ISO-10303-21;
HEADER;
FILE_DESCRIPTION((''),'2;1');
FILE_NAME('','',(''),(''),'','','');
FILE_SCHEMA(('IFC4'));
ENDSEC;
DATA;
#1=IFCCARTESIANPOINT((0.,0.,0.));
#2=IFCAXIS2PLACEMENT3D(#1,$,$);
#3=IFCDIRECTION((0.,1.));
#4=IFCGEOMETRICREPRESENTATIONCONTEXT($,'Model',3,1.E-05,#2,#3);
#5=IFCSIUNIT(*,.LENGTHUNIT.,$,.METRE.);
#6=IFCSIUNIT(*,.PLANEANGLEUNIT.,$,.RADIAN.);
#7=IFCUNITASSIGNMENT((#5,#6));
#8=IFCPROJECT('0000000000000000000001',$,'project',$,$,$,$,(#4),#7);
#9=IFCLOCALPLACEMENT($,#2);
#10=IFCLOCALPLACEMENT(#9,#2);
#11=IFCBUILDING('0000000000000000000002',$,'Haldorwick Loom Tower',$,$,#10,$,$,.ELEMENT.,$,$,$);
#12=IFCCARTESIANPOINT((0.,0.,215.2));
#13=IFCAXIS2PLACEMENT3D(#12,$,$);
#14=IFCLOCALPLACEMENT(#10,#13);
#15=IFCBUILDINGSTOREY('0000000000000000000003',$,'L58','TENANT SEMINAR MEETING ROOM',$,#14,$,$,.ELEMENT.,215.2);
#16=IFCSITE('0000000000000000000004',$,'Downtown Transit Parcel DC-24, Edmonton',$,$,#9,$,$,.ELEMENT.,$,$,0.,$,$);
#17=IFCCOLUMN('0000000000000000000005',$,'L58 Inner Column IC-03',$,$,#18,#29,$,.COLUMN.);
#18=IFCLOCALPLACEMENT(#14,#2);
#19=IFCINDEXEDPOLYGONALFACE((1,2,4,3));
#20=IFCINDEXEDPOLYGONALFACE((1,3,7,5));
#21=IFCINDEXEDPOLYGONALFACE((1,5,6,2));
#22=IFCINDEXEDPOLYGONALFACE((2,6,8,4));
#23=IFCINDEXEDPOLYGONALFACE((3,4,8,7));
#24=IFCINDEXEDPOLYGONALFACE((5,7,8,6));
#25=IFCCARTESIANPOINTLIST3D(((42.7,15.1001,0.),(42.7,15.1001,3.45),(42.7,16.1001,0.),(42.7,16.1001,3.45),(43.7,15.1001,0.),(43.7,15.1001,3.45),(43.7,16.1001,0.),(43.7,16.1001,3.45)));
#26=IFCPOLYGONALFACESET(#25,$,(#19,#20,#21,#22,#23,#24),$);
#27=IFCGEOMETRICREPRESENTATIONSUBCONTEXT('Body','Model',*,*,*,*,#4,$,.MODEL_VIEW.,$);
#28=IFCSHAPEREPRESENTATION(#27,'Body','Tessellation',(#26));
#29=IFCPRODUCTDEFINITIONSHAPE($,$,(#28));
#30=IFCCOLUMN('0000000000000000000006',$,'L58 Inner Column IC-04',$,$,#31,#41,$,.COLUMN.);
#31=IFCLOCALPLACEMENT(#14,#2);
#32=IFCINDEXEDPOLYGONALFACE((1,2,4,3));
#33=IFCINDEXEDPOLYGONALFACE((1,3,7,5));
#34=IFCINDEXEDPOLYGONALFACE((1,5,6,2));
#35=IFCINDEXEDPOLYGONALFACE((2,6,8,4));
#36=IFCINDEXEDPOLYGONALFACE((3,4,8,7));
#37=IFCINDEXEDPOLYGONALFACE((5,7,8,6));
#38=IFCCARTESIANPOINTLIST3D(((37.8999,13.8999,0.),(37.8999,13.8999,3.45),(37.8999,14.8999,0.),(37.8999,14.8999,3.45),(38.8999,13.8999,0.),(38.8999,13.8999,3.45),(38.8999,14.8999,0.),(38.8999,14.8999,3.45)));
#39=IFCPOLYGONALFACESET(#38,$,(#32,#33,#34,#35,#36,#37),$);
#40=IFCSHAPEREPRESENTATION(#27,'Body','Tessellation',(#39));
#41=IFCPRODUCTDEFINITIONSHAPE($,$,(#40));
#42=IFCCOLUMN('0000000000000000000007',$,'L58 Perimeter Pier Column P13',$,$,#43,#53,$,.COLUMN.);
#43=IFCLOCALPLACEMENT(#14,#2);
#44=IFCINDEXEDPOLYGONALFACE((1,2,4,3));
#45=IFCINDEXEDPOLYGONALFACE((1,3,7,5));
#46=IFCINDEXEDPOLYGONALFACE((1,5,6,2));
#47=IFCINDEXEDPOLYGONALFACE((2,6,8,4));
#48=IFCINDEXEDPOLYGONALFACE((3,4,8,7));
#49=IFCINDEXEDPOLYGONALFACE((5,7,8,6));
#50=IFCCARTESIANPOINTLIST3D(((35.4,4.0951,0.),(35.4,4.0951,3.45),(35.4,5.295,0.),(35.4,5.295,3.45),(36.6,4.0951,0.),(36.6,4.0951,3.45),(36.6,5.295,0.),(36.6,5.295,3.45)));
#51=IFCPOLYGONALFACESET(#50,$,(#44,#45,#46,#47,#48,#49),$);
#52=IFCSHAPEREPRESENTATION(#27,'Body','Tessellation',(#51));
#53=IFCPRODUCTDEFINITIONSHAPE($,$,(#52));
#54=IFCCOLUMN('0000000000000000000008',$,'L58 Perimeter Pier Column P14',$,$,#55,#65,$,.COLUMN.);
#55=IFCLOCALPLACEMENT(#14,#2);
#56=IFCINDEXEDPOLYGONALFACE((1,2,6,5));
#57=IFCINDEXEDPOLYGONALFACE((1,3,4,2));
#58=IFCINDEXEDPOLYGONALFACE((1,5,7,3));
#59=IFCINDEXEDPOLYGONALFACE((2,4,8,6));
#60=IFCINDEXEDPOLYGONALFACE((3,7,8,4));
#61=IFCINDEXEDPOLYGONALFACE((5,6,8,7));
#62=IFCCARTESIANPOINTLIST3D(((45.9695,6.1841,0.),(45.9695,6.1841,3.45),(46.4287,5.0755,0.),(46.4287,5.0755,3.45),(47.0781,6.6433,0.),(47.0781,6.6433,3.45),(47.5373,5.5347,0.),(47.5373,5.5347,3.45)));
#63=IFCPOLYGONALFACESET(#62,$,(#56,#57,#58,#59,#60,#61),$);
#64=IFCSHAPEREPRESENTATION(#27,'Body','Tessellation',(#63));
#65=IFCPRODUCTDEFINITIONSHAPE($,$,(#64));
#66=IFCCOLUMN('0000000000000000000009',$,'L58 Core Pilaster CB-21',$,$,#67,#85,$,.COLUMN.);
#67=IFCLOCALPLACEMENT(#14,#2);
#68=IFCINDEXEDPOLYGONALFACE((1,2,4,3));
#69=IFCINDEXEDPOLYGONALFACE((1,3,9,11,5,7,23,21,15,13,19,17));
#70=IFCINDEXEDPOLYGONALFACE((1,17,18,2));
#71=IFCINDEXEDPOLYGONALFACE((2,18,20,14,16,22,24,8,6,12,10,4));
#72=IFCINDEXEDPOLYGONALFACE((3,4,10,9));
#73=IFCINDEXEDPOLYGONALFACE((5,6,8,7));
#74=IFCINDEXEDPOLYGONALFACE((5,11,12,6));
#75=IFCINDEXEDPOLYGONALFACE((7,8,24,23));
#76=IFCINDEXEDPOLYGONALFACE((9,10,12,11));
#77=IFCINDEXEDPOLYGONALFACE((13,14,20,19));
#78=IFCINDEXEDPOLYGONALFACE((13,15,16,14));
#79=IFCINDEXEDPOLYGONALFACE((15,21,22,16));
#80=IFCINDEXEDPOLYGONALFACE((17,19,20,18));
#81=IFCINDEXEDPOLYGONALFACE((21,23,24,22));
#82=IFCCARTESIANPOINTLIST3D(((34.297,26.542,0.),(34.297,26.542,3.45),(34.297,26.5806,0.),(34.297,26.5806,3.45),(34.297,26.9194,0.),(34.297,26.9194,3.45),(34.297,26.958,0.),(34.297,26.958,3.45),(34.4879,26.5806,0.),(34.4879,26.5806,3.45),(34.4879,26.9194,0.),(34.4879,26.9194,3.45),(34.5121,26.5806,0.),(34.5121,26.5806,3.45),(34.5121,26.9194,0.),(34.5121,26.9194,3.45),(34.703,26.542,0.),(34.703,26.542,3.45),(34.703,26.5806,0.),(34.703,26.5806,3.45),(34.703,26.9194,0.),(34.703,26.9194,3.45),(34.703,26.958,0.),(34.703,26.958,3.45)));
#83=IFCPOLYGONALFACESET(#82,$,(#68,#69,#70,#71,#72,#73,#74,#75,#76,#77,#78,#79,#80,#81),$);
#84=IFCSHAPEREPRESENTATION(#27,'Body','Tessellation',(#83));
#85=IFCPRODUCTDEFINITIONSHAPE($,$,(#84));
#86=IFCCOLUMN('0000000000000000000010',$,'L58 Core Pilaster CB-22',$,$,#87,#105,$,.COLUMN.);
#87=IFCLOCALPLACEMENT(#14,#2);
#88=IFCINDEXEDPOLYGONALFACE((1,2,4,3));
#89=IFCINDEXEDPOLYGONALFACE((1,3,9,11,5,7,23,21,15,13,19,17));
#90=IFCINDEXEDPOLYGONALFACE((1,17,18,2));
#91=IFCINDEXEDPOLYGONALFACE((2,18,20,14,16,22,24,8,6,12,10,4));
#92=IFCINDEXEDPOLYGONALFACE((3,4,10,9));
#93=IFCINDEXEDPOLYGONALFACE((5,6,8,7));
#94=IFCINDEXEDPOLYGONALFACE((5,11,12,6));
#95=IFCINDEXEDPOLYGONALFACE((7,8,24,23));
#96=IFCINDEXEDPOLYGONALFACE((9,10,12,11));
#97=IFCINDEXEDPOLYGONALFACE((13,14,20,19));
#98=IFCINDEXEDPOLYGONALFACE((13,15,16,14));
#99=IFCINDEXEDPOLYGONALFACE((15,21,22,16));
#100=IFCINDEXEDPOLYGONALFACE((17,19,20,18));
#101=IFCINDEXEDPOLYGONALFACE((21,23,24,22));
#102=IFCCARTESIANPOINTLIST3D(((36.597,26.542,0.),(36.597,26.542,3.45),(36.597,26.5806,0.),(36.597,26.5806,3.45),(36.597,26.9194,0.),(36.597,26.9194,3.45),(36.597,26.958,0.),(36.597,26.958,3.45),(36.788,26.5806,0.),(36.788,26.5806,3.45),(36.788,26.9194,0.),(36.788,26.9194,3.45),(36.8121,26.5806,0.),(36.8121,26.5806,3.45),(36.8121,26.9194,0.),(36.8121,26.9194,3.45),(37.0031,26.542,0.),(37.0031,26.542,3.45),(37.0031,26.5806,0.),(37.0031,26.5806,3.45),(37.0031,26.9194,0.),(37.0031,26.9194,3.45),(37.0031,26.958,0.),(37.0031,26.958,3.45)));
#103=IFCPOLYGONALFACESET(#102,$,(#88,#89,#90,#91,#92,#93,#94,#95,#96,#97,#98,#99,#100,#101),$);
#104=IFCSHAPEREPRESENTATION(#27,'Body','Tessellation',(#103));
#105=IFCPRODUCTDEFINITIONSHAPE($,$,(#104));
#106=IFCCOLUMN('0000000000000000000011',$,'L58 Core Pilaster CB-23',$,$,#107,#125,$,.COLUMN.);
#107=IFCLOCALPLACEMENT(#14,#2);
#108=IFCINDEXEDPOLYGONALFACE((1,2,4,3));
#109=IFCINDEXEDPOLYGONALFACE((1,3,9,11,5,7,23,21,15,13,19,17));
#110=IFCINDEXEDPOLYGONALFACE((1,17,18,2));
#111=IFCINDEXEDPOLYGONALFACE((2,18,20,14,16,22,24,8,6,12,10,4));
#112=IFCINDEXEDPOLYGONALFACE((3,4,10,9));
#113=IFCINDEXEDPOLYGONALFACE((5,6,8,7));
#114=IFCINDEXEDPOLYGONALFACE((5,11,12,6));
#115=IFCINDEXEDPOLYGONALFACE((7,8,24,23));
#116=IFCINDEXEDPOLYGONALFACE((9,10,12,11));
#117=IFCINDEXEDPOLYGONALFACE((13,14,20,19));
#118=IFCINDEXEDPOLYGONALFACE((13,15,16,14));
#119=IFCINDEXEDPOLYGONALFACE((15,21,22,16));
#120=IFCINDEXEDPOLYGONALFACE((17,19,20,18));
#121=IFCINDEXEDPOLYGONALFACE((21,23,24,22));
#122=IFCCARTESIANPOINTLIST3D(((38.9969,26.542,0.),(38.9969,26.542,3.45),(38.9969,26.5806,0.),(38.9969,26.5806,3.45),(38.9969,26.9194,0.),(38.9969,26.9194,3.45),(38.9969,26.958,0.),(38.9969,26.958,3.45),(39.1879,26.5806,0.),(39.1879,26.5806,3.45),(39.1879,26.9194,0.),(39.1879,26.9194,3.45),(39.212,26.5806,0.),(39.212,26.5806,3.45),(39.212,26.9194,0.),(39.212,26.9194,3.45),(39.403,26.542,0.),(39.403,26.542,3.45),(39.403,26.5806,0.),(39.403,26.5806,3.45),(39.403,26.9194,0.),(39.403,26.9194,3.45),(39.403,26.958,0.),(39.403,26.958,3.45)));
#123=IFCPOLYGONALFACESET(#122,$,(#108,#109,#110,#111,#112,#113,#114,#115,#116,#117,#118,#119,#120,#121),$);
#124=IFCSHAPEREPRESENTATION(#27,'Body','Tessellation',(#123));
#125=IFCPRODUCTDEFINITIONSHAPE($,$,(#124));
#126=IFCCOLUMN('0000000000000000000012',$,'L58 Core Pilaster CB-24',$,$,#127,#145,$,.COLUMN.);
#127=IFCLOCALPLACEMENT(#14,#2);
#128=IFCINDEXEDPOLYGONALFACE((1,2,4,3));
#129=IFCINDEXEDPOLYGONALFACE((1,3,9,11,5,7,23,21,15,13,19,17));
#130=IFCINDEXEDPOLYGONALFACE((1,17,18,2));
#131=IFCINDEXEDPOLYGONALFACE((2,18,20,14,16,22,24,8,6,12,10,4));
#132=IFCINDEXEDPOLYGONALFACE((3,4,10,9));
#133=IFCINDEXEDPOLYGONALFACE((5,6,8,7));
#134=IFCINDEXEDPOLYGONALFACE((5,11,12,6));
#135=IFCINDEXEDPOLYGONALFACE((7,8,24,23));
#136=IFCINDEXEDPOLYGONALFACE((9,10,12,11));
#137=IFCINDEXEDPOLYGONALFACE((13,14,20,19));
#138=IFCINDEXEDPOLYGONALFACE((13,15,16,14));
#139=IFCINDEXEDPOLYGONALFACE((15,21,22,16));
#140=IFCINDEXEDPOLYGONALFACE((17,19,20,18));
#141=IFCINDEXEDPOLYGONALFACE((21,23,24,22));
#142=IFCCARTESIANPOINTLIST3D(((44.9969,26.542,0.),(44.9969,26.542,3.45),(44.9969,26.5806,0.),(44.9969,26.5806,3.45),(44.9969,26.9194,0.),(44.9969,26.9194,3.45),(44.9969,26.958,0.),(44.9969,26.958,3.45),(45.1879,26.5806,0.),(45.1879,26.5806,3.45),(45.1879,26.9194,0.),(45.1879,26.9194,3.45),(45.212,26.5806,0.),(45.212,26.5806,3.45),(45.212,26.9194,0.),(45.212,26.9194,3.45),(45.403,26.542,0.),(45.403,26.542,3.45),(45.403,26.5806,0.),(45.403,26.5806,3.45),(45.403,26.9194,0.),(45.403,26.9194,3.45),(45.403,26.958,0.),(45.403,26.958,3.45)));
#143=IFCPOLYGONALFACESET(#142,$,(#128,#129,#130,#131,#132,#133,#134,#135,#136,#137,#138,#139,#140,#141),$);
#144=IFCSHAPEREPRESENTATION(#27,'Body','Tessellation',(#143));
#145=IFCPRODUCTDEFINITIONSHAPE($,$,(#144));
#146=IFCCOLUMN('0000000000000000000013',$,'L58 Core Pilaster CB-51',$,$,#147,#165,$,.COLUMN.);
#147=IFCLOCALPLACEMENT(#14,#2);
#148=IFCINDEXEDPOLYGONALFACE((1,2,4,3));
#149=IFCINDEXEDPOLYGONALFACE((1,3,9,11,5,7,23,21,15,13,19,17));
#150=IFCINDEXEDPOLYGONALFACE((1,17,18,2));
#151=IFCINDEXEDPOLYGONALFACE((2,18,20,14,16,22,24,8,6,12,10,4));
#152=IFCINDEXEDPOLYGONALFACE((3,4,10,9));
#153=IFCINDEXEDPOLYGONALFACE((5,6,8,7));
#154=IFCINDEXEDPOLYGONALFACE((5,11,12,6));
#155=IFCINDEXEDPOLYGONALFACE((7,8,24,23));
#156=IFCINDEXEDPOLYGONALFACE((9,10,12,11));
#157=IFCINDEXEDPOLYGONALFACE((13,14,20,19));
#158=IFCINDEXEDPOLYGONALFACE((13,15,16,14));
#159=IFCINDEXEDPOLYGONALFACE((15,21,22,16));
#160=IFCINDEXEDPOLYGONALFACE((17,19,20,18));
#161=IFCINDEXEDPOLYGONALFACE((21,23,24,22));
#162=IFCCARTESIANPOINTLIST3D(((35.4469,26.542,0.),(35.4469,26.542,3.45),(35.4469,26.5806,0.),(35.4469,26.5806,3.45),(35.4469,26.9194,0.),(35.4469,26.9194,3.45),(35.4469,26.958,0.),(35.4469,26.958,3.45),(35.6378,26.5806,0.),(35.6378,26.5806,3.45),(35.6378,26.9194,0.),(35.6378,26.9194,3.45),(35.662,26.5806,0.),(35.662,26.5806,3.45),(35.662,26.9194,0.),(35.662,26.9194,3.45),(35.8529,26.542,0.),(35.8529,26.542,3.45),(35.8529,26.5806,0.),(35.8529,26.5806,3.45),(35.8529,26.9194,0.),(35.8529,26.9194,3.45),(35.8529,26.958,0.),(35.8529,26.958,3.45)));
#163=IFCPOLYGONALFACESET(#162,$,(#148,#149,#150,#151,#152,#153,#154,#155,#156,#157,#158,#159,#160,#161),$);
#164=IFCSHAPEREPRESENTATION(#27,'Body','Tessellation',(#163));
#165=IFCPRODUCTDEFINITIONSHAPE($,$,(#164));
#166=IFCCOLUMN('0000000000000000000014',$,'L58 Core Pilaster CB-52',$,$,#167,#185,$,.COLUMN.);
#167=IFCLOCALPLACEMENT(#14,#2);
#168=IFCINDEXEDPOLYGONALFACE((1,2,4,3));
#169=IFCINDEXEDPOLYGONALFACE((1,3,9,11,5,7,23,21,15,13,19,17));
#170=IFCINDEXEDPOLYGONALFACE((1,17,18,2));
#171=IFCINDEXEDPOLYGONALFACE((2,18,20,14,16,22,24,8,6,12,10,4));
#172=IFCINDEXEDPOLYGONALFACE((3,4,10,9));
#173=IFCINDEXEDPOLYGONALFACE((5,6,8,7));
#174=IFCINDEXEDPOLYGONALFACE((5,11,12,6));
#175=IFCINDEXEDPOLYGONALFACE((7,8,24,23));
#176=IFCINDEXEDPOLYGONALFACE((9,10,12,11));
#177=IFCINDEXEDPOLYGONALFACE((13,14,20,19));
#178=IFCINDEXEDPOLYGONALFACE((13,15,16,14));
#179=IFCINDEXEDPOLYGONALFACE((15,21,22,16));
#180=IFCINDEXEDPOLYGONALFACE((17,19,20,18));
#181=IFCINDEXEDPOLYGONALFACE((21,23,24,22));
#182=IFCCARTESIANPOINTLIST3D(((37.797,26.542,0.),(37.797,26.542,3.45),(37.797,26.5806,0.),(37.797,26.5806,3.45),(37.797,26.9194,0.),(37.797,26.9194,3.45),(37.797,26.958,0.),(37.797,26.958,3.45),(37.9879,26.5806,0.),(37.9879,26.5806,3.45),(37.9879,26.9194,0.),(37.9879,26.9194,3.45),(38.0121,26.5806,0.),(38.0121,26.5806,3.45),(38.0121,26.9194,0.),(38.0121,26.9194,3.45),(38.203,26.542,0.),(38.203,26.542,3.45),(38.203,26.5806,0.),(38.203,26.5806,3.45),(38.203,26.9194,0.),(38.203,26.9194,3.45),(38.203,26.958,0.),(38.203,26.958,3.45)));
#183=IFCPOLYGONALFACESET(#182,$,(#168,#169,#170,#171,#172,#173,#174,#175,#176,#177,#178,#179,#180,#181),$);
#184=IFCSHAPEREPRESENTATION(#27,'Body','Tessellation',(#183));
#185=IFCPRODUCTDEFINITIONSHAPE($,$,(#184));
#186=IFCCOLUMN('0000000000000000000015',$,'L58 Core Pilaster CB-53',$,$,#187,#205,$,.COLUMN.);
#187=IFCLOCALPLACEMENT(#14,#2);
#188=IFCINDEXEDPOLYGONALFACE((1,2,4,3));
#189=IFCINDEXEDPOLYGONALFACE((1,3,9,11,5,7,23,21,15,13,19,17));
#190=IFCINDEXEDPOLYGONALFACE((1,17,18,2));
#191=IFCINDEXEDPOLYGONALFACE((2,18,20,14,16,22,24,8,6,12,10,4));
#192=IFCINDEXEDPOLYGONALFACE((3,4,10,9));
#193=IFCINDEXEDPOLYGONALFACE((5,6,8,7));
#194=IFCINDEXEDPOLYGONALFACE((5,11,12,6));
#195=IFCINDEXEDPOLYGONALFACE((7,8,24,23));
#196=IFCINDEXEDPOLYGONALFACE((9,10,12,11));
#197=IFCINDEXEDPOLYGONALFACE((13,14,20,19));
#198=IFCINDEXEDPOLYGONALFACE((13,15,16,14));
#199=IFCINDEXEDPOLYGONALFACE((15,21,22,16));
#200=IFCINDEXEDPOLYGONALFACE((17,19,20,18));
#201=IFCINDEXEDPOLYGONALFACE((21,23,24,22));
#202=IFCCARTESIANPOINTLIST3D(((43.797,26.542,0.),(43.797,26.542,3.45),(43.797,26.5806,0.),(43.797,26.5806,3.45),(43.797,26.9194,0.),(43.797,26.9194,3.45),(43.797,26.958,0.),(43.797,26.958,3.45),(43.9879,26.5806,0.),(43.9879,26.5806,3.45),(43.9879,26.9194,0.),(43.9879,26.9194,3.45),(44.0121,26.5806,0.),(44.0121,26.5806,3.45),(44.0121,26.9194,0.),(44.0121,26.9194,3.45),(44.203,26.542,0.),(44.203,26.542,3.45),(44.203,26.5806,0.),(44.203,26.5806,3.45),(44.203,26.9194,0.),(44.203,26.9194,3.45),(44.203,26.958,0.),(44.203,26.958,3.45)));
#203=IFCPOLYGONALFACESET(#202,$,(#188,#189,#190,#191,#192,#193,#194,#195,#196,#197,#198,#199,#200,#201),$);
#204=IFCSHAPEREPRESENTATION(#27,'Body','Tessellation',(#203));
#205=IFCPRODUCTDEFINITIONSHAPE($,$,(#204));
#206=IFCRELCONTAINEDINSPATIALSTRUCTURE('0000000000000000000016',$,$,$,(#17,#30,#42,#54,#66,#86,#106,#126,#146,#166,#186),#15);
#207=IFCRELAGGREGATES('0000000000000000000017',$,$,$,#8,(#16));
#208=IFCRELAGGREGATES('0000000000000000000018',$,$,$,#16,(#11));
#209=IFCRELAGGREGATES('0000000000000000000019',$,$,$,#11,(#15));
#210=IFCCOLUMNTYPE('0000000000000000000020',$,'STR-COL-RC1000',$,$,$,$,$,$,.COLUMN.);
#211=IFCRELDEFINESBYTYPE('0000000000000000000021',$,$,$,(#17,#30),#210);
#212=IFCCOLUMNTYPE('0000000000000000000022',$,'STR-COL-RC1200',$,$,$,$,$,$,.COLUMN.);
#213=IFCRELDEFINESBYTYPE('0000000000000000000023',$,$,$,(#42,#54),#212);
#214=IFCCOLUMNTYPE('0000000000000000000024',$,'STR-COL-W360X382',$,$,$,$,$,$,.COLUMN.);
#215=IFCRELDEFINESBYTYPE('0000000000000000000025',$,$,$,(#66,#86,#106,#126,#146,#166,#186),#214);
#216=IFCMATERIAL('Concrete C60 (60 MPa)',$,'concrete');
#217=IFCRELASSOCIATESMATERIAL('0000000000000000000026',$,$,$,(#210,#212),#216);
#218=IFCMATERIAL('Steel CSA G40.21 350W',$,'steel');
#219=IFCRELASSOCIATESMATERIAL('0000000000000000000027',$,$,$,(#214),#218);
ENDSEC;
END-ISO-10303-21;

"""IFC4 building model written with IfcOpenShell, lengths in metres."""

from ifc_helpers import new_model, si_unit, direction, frame, origin, origin_2d, place, context, subcontext, project, spatial, rectangle, i_section, extrude, material, material_profile, profile_set, type_object, element, save


model = new_model("IFC4")

# Units and contexts
model_context = context("Model", 3, precision=1e-05, world=origin(), true_north=direction((0.0, 1.0)))
body_context = subcontext(model_context, "Body", "Model", "MODEL_VIEW")
ifc_project = project(units=[si_unit("LENGTHUNIT", "METRE"), si_unit("PLANEANGLEUNIT", "RADIAN")], contexts=[model_context])

# Site, building, storey
site_placement = place(None, origin())
site = spatial("IfcSite", under=ifc_project, at=site_placement, Name="Downtown Transit Parcel DC-24, Edmonton", CompositionType="ELEMENT", RefElevation=0.0)
building_placement = place(site_placement, origin())
building = spatial("IfcBuilding", under=site, at=building_placement, Name="Haldorwick Loom Tower", CompositionType="ELEMENT")
storey_placement = place(building_placement, frame((0.0, 0.0, 215.2)))
storey = spatial("IfcBuildingStorey", under=building, at=storey_placement, Name="L58", Description="TENANT SEMINAR MEETING ROOM", CompositionType="ELEMENT", Elevation=215.2)

# Columns
ifc_material_1 = material(Name="Concrete C60 (60 MPa)", Category="concrete")
ifc_material_profile_1 = material_profile(ifc_material_1, rectangle(XDim=1.0, YDim=1.0, at=origin_2d()), Name="RC1000X1000", Category="concrete")
ifc_profile_set_1 = profile_set([ifc_material_profile_1], Name="Concrete C60 (60 MPa)")
column_type_1 = type_object("IfcColumnType", Name="STR-COL-RC1000", PredefinedType="COLUMN", material=ifc_profile_set_1)
for number, where, z_axis, x_axis, name in (
    (1, (43.2, 15.6001, 0.0), (0.0, 0.0, 1.0), (1.0, 0.0, 0.0), "L58 Inner Column IC-03"),
    (2, (38.3999, 14.3999, 0.0), (0.0, 0.0, 1.0), (1.0, 0.0, 0.0), "L58 Inner Column IC-04"),
):
    element("IfcColumn", number, at=place(storey_placement, frame(where, z_axis=z_axis, x_axis=x_axis)), inside=storey, type_object=column_type_1, Name=name, PredefinedType="COLUMN", context=body_context, shape_type="SweptSolid", body=[
        extrude(rectangle(XDim=1.0, YDim=1.0, at=origin_2d()), origin(), (0.0, 0.0, 1.0), 3.45),
    ])
ifc_material_profile_2 = material_profile(ifc_material_1, rectangle(XDim=1.2, YDim=1.2, at=origin_2d()), Name="RC1200X1200", Category="concrete")
ifc_profile_set_2 = profile_set([ifc_material_profile_2], Name="Concrete C60 (60 MPa)")
column_type_2 = type_object("IfcColumnType", Name="STR-COL-RC1200", PredefinedType="COLUMN", material=ifc_profile_set_2)
for number, where, z_axis, x_axis, name in (
    (3, (36.0, 4.6951, 0.0), (0.0, 0.0, 1.0), (0.0, -1.0, 0.0), "L58 Perimeter Pier Column P13"),
    (4, (46.7534, 5.8594, 0.0), (0.0, 0.0, 1.0), (0.382683, -0.92388, 0.0), "L58 Perimeter Pier Column P14"),
):
    element("IfcColumn", number, at=place(storey_placement, frame(where, z_axis=z_axis, x_axis=x_axis)), inside=storey, type_object=column_type_2, Name=name, PredefinedType="COLUMN", context=body_context, shape_type="SweptSolid", body=[
        extrude(rectangle(XDim=1.2, YDim=1.2, at=origin_2d()), origin(), (0.0, 0.0, 1.0), 3.45),
    ])
ifc_material_2 = material(Name="Steel CSA G40.21 350W", Category="steel")
ifc_material_profile_3 = material_profile(ifc_material_2, i_section(OverallWidth=0.406, OverallDepth=0.416, WebThickness=0.0242, FlangeThickness=0.0386, at=origin_2d()), Name="W360X382", Category="steel")
ifc_profile_set_3 = profile_set([ifc_material_profile_3], Name="Steel CSA G40.21 350W")
column_type_3 = type_object("IfcColumnType", Name="STR-COL-W360X382", PredefinedType="COLUMN", material=ifc_profile_set_3)
for number, where, z_axis, x_axis, name in (
    (5, (34.5, 26.75, 0.0), (0.0, 0.0, 1.0), (1.0, 0.0, 0.0), "L58 Core Pilaster CB-21"),
    (6, (36.8, 26.75, 0.0), (0.0, 0.0, 1.0), (1.0, 0.0, 0.0), "L58 Core Pilaster CB-22"),
    (7, (39.2, 26.75, 0.0), (0.0, 0.0, 1.0), (1.0, 0.0, 0.0), "L58 Core Pilaster CB-23"),
    (8, (45.2, 26.75, 0.0), (0.0, 0.0, 1.0), (1.0, 0.0, 0.0), "L58 Core Pilaster CB-24"),
    (9, (35.6499, 26.75, 0.0), (0.0, 0.0, 1.0), (1.0, 0.0, 0.0), "L58 Core Pilaster CB-51"),
    (10, (38.0, 26.75, 0.0), (0.0, 0.0, 1.0), (1.0, 0.0, 0.0), "L58 Core Pilaster CB-52"),
    (11, (44.0, 26.75, 0.0), (0.0, 0.0, 1.0), (1.0, 0.0, 0.0), "L58 Core Pilaster CB-53"),
):
    element("IfcColumn", number, at=place(storey_placement, frame(where, z_axis=z_axis, x_axis=x_axis)), inside=storey, type_object=column_type_3, Name=name, PredefinedType="COLUMN", context=body_context, shape_type="SweptSolid", body=[
        extrude(i_section(OverallWidth=0.406, OverallDepth=0.416, WebThickness=0.0242, FlangeThickness=0.0386, at=origin_2d()), origin(), (0.0, 0.0, 1.0), 3.45),
    ])

save(model, "model.ifc")
